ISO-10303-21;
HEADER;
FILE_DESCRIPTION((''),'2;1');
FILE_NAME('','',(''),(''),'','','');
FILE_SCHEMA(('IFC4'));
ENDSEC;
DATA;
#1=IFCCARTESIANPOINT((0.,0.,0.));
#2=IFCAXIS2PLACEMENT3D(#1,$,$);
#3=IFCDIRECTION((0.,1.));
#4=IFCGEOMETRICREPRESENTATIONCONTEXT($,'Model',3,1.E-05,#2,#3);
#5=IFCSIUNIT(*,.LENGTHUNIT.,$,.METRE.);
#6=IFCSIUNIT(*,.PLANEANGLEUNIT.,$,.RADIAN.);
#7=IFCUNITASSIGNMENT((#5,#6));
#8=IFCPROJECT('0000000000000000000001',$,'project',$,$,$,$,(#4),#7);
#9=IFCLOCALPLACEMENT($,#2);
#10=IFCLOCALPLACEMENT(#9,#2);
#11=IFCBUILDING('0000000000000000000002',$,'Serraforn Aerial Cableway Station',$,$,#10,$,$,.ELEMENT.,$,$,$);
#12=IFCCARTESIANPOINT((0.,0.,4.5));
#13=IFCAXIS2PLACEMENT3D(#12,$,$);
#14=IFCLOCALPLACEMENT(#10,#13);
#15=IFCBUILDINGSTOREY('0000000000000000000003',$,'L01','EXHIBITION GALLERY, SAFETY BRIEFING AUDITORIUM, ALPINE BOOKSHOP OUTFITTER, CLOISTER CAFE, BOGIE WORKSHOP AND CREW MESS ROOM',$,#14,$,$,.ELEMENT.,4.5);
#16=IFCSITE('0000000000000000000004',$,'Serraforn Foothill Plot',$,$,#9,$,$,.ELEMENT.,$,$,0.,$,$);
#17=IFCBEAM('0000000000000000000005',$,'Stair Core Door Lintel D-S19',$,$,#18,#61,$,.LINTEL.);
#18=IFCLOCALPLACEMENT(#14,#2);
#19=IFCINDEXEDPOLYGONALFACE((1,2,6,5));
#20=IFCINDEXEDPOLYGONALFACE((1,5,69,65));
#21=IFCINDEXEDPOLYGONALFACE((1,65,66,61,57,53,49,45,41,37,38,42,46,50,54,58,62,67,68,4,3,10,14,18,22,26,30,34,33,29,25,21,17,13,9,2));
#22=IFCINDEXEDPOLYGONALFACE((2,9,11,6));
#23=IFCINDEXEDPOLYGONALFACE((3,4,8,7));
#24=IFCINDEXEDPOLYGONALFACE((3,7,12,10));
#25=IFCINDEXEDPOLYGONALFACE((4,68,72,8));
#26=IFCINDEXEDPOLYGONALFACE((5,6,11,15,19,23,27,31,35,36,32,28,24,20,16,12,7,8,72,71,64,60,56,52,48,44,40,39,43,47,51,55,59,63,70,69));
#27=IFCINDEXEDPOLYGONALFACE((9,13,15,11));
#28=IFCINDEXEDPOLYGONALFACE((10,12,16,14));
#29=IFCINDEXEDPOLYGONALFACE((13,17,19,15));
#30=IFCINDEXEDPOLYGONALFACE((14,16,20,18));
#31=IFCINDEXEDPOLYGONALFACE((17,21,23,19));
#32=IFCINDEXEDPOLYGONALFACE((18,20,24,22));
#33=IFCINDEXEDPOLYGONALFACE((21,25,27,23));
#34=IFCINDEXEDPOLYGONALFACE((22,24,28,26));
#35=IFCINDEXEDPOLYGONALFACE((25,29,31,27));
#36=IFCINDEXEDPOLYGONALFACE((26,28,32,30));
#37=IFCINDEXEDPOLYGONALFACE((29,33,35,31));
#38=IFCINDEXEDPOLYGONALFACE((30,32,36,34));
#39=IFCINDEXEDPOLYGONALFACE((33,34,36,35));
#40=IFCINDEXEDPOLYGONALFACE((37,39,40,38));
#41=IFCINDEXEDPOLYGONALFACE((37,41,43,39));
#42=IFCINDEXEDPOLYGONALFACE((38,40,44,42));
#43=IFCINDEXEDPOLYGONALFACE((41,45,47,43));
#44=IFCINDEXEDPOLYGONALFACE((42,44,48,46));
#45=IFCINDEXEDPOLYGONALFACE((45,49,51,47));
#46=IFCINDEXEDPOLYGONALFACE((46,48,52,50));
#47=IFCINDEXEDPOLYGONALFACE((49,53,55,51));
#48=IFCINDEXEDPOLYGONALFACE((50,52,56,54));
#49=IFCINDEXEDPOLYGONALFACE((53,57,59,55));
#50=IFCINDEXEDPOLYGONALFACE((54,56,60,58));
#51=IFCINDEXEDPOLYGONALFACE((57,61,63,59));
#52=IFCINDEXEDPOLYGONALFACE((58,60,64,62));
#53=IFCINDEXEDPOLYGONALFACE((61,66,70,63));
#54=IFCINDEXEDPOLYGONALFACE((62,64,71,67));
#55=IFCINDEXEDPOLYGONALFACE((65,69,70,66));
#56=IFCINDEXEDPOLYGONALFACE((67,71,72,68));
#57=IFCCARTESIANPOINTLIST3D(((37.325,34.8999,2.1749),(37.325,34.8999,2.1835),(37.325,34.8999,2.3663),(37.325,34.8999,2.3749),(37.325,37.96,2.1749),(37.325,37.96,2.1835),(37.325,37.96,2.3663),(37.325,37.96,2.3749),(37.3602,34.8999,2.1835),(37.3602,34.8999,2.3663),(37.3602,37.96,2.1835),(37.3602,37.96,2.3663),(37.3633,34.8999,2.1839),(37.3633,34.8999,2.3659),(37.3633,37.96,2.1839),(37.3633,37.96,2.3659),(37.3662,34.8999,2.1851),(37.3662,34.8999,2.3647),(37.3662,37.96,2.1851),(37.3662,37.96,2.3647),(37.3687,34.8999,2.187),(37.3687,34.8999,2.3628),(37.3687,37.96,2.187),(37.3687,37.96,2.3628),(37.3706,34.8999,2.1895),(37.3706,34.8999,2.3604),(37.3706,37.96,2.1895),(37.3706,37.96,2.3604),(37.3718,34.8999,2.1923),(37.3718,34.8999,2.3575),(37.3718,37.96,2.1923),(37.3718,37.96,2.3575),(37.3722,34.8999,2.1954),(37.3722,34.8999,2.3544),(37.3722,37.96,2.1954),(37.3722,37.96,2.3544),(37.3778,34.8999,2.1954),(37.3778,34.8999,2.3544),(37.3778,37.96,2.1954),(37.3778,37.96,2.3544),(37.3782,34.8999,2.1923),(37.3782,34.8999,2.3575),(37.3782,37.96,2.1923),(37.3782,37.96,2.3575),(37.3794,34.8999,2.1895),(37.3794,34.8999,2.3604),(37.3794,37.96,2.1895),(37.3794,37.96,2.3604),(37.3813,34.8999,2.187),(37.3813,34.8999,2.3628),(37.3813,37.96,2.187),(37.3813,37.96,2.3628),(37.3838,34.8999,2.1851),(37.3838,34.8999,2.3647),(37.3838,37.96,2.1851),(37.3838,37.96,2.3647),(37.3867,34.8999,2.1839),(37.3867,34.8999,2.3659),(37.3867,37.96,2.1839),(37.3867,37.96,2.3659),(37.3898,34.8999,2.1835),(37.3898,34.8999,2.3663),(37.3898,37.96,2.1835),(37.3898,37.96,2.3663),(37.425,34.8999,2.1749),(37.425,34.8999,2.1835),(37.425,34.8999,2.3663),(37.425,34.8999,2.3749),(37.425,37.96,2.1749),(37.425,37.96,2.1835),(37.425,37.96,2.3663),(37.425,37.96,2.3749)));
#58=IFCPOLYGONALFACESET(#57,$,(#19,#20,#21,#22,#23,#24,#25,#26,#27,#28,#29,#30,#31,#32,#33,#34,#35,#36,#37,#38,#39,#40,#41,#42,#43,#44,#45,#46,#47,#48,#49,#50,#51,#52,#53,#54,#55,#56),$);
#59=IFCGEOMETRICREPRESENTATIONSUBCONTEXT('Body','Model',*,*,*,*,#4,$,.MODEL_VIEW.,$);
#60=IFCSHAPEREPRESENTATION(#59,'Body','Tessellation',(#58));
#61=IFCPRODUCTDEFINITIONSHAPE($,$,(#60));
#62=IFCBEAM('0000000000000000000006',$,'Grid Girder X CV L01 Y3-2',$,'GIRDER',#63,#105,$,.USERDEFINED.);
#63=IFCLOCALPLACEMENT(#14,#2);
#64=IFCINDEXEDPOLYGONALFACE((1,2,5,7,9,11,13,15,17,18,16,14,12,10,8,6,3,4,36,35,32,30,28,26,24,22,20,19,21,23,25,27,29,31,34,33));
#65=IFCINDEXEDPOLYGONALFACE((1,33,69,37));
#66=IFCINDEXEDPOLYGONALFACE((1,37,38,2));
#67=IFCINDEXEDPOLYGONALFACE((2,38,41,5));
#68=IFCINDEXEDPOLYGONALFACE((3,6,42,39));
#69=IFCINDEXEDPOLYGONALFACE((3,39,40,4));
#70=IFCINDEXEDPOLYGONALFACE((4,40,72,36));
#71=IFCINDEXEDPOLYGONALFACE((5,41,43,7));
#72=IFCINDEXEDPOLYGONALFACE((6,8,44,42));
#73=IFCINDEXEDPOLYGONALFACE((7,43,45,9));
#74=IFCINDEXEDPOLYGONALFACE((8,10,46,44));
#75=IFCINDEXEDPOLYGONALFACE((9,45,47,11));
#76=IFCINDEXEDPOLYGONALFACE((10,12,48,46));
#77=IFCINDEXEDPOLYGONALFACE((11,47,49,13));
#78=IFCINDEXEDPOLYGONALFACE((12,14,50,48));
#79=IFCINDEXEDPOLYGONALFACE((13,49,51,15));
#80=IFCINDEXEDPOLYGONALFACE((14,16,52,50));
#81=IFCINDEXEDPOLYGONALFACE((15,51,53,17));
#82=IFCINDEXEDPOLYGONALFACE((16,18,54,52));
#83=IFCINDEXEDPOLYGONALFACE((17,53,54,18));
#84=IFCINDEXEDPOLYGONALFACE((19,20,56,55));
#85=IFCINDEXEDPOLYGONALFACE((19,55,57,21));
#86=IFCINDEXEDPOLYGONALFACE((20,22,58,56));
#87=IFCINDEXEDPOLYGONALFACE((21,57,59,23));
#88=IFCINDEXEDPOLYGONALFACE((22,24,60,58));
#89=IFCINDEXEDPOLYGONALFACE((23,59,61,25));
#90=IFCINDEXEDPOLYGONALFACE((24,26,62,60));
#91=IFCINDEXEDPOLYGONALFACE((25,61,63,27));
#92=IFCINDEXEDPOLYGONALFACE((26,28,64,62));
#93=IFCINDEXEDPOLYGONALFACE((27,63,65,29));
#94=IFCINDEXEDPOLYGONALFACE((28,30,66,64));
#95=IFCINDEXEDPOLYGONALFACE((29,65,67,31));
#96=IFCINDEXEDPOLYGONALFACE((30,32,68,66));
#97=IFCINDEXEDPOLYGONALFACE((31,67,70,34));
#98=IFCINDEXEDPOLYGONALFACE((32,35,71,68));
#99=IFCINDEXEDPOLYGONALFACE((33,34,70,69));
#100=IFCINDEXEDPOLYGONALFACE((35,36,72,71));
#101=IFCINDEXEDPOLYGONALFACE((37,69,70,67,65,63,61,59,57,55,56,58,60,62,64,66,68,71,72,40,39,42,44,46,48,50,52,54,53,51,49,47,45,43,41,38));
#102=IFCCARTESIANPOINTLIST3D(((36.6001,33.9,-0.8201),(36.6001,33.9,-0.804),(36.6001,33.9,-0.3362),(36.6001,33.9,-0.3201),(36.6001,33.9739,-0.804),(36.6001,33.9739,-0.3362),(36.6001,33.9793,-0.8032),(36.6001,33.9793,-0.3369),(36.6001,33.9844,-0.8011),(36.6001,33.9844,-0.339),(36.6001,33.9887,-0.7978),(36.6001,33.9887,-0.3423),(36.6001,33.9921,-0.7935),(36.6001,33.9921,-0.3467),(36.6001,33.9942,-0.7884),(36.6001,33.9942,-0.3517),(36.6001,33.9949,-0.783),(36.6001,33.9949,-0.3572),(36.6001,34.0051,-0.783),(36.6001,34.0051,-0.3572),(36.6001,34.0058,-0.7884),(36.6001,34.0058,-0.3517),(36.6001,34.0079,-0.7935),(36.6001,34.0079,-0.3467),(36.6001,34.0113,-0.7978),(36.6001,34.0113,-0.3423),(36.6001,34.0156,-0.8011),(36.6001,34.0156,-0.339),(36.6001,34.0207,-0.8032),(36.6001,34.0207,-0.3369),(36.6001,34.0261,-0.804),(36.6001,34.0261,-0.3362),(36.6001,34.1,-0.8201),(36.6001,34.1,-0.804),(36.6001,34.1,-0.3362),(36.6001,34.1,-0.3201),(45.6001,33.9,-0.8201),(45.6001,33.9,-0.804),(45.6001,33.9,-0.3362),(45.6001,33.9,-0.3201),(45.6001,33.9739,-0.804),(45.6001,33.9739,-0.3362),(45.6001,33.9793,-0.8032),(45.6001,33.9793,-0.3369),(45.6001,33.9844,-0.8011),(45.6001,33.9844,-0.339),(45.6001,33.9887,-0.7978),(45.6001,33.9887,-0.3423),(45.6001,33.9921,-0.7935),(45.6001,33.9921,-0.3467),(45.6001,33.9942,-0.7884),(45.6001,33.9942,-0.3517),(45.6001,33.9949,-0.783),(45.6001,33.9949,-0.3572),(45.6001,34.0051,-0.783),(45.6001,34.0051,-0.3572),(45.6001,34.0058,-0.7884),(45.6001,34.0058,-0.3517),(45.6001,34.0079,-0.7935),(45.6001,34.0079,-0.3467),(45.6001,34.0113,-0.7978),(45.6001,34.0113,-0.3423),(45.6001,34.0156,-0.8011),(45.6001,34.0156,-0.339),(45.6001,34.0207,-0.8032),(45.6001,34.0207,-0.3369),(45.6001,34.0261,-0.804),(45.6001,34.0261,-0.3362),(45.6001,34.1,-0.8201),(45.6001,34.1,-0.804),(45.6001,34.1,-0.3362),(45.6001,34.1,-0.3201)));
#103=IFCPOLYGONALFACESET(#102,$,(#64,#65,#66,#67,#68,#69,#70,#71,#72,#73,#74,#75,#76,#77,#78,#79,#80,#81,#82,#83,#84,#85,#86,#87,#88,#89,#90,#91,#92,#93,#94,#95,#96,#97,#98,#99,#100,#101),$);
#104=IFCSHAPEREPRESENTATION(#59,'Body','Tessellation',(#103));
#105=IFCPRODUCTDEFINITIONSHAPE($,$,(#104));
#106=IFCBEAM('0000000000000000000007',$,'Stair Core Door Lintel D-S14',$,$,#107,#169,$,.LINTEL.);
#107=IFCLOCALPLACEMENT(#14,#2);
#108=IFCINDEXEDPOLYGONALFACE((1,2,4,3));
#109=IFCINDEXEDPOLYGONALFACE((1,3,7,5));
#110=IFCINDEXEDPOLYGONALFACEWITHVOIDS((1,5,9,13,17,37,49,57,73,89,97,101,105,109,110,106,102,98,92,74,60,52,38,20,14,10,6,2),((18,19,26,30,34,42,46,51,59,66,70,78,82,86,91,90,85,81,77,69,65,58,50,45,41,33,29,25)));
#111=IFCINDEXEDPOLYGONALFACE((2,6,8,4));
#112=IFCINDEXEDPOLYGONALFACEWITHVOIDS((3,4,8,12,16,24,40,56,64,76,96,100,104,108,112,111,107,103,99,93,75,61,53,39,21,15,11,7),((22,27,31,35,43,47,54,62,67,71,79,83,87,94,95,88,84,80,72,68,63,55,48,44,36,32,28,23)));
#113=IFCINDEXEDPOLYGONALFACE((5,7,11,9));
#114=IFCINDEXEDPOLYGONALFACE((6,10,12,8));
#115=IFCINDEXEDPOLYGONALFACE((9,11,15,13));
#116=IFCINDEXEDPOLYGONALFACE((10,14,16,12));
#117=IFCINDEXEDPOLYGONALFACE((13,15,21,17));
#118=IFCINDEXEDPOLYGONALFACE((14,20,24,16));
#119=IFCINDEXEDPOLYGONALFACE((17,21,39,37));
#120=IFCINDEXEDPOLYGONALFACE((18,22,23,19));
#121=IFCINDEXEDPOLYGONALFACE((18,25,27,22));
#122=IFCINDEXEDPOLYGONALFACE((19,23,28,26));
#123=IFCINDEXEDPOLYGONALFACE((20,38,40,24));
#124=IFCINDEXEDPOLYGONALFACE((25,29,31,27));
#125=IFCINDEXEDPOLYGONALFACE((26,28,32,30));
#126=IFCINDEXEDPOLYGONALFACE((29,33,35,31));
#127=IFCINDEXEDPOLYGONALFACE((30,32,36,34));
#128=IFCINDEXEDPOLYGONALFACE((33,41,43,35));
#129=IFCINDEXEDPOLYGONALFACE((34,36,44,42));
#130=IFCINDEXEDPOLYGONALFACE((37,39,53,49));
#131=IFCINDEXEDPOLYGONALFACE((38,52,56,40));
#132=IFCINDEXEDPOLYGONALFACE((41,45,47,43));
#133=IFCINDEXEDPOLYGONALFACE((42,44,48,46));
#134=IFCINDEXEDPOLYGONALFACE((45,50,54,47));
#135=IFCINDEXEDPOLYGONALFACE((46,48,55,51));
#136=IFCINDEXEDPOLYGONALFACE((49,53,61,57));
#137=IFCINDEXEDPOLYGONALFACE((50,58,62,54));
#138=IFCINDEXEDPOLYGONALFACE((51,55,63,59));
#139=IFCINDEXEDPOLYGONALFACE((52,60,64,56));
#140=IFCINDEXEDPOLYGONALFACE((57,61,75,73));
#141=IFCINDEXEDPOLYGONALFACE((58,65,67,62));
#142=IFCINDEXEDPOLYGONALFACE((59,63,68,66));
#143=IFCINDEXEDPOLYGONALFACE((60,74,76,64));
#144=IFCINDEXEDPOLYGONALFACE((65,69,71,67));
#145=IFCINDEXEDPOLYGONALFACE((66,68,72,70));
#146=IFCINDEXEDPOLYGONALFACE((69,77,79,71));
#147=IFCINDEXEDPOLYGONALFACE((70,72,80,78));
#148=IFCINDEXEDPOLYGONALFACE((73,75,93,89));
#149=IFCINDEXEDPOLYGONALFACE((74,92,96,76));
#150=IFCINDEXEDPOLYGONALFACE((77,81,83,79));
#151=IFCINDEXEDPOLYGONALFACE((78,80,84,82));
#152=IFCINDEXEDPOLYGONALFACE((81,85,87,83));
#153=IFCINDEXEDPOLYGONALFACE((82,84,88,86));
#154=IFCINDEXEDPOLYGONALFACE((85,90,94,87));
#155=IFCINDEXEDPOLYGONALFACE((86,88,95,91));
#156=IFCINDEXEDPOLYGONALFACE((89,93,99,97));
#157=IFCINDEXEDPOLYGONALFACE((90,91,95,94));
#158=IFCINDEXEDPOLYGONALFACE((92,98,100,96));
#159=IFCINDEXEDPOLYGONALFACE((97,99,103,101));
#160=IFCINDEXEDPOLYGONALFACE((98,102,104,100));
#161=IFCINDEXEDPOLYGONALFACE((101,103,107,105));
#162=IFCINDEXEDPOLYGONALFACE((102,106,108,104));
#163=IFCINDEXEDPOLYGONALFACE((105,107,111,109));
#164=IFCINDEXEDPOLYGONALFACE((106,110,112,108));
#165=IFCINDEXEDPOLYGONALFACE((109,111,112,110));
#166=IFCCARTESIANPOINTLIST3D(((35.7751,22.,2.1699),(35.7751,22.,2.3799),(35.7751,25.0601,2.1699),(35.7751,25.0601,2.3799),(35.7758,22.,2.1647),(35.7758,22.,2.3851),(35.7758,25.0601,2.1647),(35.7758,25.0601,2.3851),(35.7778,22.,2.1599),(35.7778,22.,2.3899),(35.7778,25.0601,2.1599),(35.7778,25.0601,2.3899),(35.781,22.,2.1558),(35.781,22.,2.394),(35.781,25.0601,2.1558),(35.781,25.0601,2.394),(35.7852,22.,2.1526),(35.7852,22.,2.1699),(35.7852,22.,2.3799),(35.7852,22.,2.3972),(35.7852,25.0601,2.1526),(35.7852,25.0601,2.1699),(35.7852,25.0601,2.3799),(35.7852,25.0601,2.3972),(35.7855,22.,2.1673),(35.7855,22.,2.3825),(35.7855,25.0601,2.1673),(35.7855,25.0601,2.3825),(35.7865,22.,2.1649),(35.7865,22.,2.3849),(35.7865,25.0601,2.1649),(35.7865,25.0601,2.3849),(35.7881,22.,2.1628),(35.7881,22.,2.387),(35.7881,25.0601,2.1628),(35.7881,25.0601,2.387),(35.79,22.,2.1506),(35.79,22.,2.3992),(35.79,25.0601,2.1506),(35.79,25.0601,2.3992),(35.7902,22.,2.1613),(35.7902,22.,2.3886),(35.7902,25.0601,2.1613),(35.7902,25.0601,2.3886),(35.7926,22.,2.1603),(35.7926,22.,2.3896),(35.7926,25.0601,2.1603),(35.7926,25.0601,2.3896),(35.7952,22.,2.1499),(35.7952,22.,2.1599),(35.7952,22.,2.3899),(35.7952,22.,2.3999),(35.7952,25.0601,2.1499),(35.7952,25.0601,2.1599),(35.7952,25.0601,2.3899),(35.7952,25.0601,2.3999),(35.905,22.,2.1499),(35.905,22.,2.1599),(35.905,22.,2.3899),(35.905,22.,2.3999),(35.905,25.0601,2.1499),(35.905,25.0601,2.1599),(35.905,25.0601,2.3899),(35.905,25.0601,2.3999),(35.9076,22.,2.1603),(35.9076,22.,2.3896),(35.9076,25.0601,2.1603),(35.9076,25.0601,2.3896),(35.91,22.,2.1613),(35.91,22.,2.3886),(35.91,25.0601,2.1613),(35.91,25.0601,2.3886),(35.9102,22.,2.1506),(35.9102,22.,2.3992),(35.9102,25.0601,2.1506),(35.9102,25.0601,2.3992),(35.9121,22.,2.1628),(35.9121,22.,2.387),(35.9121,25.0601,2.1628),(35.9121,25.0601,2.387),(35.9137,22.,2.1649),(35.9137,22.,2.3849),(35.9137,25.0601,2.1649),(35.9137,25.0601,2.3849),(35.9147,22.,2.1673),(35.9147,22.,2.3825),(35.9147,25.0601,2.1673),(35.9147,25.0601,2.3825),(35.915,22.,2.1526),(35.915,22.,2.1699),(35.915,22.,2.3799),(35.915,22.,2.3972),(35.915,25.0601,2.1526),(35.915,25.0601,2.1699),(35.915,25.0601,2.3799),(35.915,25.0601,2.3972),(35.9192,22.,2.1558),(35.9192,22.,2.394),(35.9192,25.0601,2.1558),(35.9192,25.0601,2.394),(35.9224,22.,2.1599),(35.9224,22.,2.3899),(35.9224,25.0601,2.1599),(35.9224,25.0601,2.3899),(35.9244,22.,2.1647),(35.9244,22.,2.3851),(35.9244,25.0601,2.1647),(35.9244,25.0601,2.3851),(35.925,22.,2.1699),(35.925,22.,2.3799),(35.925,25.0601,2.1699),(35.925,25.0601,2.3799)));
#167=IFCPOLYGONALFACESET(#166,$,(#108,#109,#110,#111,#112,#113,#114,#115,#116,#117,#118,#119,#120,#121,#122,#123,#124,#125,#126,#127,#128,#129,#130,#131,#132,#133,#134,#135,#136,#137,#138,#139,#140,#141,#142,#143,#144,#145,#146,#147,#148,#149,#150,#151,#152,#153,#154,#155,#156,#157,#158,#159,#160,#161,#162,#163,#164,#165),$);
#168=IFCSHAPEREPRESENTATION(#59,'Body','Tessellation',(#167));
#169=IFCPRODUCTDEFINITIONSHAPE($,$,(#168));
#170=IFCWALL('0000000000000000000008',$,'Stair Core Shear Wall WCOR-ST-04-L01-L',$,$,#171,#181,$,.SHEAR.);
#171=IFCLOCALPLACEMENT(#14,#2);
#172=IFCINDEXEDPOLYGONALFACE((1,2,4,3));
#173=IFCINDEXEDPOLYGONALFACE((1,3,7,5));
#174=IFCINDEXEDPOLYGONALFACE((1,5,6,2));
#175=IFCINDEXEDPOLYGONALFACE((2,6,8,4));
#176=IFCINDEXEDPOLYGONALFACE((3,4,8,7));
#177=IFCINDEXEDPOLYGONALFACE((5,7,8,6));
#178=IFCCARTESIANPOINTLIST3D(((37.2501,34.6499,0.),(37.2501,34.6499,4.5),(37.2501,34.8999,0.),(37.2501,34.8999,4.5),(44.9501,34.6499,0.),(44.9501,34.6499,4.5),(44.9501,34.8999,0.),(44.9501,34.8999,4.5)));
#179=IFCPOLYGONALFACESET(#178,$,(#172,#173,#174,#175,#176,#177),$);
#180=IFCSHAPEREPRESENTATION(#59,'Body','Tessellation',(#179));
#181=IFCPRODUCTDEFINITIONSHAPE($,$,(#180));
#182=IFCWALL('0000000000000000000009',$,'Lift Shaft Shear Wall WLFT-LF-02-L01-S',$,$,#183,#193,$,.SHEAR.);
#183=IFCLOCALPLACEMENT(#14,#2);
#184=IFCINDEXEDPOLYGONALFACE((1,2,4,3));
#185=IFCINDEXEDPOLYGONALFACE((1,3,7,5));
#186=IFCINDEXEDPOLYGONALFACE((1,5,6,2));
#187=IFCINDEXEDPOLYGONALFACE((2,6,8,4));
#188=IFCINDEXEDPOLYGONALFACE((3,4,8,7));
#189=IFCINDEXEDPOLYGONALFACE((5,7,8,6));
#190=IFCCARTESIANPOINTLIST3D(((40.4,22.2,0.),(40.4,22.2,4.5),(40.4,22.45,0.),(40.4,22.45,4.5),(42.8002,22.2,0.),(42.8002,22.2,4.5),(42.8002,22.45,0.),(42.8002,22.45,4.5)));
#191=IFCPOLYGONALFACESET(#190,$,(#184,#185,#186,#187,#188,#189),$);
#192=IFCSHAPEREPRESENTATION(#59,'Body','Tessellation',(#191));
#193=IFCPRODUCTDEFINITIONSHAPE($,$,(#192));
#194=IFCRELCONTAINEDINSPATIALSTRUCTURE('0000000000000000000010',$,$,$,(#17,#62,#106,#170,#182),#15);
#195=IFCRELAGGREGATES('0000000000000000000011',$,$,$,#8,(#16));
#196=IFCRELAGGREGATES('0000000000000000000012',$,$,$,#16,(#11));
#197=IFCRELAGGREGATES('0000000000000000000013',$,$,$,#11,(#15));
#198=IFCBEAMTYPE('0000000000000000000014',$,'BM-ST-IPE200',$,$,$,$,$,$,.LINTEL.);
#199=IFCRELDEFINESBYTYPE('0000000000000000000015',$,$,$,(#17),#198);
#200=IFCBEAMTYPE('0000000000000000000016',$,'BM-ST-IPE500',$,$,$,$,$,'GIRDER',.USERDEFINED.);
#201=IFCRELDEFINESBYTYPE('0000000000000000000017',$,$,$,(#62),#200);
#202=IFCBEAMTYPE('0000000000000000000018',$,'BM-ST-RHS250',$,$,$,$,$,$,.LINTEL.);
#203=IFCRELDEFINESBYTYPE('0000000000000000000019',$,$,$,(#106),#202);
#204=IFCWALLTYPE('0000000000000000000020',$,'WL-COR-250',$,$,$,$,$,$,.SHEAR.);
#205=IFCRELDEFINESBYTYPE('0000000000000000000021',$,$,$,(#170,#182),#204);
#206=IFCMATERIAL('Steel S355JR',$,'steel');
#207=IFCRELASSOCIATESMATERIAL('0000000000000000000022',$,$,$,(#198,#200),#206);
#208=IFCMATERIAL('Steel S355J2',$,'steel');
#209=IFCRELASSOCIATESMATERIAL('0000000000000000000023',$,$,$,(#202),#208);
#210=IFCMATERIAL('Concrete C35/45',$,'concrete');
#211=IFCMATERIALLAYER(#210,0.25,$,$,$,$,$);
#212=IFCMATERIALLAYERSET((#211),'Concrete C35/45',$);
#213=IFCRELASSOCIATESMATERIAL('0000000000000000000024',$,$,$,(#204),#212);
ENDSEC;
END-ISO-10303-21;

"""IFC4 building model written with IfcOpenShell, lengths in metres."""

from ifc_helpers import new_model, si_unit, direction, frame, frame_2d, origin, origin_2d, place, context, subcontext, project, spatial, rectangle, hollow_rectangle, i_section, extrude, material, layer, layer_set, material_profile, profile_set, type_object, element, save


model = new_model("IFC4")

# Units and contexts
model_context = context("Model", 3, precision=1e-05, world=origin(), true_north=direction((0.0, 1.0)))
body_context = subcontext(model_context, "Body", "Model", "MODEL_VIEW")
ifc_project = project(units=[si_unit("LENGTHUNIT", "METRE"), si_unit("PLANEANGLEUNIT", "RADIAN")], contexts=[model_context])

# Site, building, storey
site_placement = place(None, origin())
site = spatial("IfcSite", under=ifc_project, at=site_placement, Name="Serraforn Foothill Plot", CompositionType="ELEMENT", RefElevation=0.0)
building_placement = place(site_placement, origin())
building = spatial("IfcBuilding", under=site, at=building_placement, Name="Serraforn Aerial Cableway Station", CompositionType="ELEMENT")
storey_placement = place(building_placement, frame((0.0, 0.0, 4.5)))
storey = spatial("IfcBuildingStorey", under=building, at=storey_placement, Name="L01", Description="EXHIBITION GALLERY, SAFETY BRIEFING AUDITORIUM, ALPINE BOOKSHOP OUTFITTER, CLOISTER CAFE, BOGIE WORKSHOP AND CREW MESS ROOM", CompositionType="ELEMENT", Elevation=4.5)

# Shared definitions
ifc_material_1 = material(Name="Concrete C35/45", Category="concrete")

# Beams
ifc_material_2 = material(Name="Steel S355J2", Category="steel")
ifc_material_3 = material(Name="Steel S355JR", Category="steel")
ifc_material_profile_1 = material_profile(ifc_material_3, i_section(OverallWidth=0.1001, OverallDepth=0.2, WebThickness=0.0056, FlangeThickness=0.0085, FilletRadius=0.012, at=origin_2d()), Name="IPE 200")
ifc_profile_set_1 = profile_set([ifc_material_profile_1], Name="Steel S355JR")
beam_type_1 = type_object("IfcBeamType", Name="BM-ST-IPE200", PredefinedType="LINTEL", material=ifc_profile_set_1)
beam_1_placement = place(storey_placement, frame((37.375, 34.8999, 2.2749), z_axis=(0.0, 1.0, 0.0), x_axis=(-1.0, 0.0, 0.0)))
element("IfcBeam", 1, at=beam_1_placement, inside=storey, type_object=beam_type_1, Name="Stair Core Door Lintel D-S19", PredefinedType="LINTEL", context=body_context, shape_type="SweptSolid", body=[
    extrude(i_section(OverallWidth=0.1001, OverallDepth=0.2, WebThickness=0.0056, FlangeThickness=0.0085, FilletRadius=0.012, at=origin_2d()), origin(), (0.0, 0.0, 1.0), 3.0601),
])
ifc_material_profile_2 = material_profile(ifc_material_3, i_section(OverallWidth=0.2, OverallDepth=0.5, WebThickness=0.0103, FlangeThickness=0.0161, FilletRadius=0.021, at=origin_2d()), Name="IPE 500")
ifc_profile_set_2 = profile_set([ifc_material_profile_2], Name="Steel S355JR")
beam_type_2 = type_object("IfcBeamType", Name="BM-ST-IPE500", ElementType="GIRDER", PredefinedType="USERDEFINED", material=ifc_profile_set_2)
beam_2_placement = place(storey_placement, frame((36.6001, 34.0, -0.5701), z_axis=(1.0, 0.0, 0.0), x_axis=(0.0, 1.0, 0.0)))
element("IfcBeam", 2, at=beam_2_placement, inside=storey, type_object=beam_type_2, Name="Grid Girder X CV L01 Y3-2", ObjectType="GIRDER", PredefinedType="USERDEFINED", context=body_context, shape_type="SweptSolid", body=[
    extrude(i_section(OverallWidth=0.2, OverallDepth=0.5, WebThickness=0.0103, FlangeThickness=0.0161, FilletRadius=0.021, at=origin_2d()), origin(), (0.0, 0.0, 1.0), 9.0),
])
ifc_material_profile_3 = material_profile(ifc_material_2, hollow_rectangle(XDim=0.1499, YDim=0.25, WallThickness=0.01, InnerFilletRadius=0.01, OuterFilletRadius=0.02, at=origin_2d()), Name="RHS 250x150x10.0")
ifc_profile_set_3 = profile_set([ifc_material_profile_3], Name="Steel S355J2")
beam_type_3 = type_object("IfcBeamType", Name="BM-ST-RHS250", PredefinedType="LINTEL", material=ifc_profile_set_3)
beam_3_placement = place(storey_placement, frame((35.8501, 25.0601, 2.2749), z_axis=(0.0, -1.0, 0.0), x_axis=(1.0, 0.0, 0.0)))
element("IfcBeam", 3, at=beam_3_placement, inside=storey, type_object=beam_type_3, Name="Stair Core Door Lintel D-S14", PredefinedType="LINTEL", context=body_context, shape_type="SweptSolid", body=[
    extrude(hollow_rectangle(XDim=0.1499, YDim=0.25, WallThickness=0.01, InnerFilletRadius=0.01, OuterFilletRadius=0.02, at=origin_2d()), origin(), (0.0, 0.0, 1.0), 3.0601),
])

# Shared definitions
ifc_layer_1 = layer(ifc_material_1, 0.25)
ifc_layer_set_1 = layer_set([ifc_layer_1], Name="Concrete C35/45")
wall_type_1 = type_object("IfcWallType", Name="WL-COR-250", PredefinedType="SHEAR", material=ifc_layer_set_1)

# Walls
wall_1_placement = place(storey_placement, frame((37.25, 34.7749, 0.0), z_axis=(0.0, 0.0, 1.0), x_axis=(1.0, 0.0, 0.0)))
element("IfcWall", 4, at=wall_1_placement, inside=storey, type_object=wall_type_1, Name="Stair Core Shear Wall WCOR-ST-04-L01-L", PredefinedType="SHEAR", context=body_context, shape_type="SweptSolid", body=[
    extrude(rectangle(XDim=7.7, YDim=0.25, at=frame_2d((3.8501, 0.0))), origin(), (0.0, 0.0, 1.0), 4.5),
])
wall_2_placement = place(storey_placement, frame((40.3999, 22.325, 0.0), z_axis=(0.0, 0.0, 1.0), x_axis=(1.0, 0.0, 0.0)))
element("IfcWall", 5, at=wall_2_placement, inside=storey, type_object=wall_type_1, Name="Lift Shaft Shear Wall WLFT-LF-02-L01-S", PredefinedType="SHEAR", context=body_context, shape_type="SweptSolid", body=[
    extrude(rectangle(XDim=2.4001, YDim=0.25, at=frame_2d((1.2002, 0.0))), origin(), (0.0, 0.0, 1.0), 4.5),
])

save(model, "model.ifc")
